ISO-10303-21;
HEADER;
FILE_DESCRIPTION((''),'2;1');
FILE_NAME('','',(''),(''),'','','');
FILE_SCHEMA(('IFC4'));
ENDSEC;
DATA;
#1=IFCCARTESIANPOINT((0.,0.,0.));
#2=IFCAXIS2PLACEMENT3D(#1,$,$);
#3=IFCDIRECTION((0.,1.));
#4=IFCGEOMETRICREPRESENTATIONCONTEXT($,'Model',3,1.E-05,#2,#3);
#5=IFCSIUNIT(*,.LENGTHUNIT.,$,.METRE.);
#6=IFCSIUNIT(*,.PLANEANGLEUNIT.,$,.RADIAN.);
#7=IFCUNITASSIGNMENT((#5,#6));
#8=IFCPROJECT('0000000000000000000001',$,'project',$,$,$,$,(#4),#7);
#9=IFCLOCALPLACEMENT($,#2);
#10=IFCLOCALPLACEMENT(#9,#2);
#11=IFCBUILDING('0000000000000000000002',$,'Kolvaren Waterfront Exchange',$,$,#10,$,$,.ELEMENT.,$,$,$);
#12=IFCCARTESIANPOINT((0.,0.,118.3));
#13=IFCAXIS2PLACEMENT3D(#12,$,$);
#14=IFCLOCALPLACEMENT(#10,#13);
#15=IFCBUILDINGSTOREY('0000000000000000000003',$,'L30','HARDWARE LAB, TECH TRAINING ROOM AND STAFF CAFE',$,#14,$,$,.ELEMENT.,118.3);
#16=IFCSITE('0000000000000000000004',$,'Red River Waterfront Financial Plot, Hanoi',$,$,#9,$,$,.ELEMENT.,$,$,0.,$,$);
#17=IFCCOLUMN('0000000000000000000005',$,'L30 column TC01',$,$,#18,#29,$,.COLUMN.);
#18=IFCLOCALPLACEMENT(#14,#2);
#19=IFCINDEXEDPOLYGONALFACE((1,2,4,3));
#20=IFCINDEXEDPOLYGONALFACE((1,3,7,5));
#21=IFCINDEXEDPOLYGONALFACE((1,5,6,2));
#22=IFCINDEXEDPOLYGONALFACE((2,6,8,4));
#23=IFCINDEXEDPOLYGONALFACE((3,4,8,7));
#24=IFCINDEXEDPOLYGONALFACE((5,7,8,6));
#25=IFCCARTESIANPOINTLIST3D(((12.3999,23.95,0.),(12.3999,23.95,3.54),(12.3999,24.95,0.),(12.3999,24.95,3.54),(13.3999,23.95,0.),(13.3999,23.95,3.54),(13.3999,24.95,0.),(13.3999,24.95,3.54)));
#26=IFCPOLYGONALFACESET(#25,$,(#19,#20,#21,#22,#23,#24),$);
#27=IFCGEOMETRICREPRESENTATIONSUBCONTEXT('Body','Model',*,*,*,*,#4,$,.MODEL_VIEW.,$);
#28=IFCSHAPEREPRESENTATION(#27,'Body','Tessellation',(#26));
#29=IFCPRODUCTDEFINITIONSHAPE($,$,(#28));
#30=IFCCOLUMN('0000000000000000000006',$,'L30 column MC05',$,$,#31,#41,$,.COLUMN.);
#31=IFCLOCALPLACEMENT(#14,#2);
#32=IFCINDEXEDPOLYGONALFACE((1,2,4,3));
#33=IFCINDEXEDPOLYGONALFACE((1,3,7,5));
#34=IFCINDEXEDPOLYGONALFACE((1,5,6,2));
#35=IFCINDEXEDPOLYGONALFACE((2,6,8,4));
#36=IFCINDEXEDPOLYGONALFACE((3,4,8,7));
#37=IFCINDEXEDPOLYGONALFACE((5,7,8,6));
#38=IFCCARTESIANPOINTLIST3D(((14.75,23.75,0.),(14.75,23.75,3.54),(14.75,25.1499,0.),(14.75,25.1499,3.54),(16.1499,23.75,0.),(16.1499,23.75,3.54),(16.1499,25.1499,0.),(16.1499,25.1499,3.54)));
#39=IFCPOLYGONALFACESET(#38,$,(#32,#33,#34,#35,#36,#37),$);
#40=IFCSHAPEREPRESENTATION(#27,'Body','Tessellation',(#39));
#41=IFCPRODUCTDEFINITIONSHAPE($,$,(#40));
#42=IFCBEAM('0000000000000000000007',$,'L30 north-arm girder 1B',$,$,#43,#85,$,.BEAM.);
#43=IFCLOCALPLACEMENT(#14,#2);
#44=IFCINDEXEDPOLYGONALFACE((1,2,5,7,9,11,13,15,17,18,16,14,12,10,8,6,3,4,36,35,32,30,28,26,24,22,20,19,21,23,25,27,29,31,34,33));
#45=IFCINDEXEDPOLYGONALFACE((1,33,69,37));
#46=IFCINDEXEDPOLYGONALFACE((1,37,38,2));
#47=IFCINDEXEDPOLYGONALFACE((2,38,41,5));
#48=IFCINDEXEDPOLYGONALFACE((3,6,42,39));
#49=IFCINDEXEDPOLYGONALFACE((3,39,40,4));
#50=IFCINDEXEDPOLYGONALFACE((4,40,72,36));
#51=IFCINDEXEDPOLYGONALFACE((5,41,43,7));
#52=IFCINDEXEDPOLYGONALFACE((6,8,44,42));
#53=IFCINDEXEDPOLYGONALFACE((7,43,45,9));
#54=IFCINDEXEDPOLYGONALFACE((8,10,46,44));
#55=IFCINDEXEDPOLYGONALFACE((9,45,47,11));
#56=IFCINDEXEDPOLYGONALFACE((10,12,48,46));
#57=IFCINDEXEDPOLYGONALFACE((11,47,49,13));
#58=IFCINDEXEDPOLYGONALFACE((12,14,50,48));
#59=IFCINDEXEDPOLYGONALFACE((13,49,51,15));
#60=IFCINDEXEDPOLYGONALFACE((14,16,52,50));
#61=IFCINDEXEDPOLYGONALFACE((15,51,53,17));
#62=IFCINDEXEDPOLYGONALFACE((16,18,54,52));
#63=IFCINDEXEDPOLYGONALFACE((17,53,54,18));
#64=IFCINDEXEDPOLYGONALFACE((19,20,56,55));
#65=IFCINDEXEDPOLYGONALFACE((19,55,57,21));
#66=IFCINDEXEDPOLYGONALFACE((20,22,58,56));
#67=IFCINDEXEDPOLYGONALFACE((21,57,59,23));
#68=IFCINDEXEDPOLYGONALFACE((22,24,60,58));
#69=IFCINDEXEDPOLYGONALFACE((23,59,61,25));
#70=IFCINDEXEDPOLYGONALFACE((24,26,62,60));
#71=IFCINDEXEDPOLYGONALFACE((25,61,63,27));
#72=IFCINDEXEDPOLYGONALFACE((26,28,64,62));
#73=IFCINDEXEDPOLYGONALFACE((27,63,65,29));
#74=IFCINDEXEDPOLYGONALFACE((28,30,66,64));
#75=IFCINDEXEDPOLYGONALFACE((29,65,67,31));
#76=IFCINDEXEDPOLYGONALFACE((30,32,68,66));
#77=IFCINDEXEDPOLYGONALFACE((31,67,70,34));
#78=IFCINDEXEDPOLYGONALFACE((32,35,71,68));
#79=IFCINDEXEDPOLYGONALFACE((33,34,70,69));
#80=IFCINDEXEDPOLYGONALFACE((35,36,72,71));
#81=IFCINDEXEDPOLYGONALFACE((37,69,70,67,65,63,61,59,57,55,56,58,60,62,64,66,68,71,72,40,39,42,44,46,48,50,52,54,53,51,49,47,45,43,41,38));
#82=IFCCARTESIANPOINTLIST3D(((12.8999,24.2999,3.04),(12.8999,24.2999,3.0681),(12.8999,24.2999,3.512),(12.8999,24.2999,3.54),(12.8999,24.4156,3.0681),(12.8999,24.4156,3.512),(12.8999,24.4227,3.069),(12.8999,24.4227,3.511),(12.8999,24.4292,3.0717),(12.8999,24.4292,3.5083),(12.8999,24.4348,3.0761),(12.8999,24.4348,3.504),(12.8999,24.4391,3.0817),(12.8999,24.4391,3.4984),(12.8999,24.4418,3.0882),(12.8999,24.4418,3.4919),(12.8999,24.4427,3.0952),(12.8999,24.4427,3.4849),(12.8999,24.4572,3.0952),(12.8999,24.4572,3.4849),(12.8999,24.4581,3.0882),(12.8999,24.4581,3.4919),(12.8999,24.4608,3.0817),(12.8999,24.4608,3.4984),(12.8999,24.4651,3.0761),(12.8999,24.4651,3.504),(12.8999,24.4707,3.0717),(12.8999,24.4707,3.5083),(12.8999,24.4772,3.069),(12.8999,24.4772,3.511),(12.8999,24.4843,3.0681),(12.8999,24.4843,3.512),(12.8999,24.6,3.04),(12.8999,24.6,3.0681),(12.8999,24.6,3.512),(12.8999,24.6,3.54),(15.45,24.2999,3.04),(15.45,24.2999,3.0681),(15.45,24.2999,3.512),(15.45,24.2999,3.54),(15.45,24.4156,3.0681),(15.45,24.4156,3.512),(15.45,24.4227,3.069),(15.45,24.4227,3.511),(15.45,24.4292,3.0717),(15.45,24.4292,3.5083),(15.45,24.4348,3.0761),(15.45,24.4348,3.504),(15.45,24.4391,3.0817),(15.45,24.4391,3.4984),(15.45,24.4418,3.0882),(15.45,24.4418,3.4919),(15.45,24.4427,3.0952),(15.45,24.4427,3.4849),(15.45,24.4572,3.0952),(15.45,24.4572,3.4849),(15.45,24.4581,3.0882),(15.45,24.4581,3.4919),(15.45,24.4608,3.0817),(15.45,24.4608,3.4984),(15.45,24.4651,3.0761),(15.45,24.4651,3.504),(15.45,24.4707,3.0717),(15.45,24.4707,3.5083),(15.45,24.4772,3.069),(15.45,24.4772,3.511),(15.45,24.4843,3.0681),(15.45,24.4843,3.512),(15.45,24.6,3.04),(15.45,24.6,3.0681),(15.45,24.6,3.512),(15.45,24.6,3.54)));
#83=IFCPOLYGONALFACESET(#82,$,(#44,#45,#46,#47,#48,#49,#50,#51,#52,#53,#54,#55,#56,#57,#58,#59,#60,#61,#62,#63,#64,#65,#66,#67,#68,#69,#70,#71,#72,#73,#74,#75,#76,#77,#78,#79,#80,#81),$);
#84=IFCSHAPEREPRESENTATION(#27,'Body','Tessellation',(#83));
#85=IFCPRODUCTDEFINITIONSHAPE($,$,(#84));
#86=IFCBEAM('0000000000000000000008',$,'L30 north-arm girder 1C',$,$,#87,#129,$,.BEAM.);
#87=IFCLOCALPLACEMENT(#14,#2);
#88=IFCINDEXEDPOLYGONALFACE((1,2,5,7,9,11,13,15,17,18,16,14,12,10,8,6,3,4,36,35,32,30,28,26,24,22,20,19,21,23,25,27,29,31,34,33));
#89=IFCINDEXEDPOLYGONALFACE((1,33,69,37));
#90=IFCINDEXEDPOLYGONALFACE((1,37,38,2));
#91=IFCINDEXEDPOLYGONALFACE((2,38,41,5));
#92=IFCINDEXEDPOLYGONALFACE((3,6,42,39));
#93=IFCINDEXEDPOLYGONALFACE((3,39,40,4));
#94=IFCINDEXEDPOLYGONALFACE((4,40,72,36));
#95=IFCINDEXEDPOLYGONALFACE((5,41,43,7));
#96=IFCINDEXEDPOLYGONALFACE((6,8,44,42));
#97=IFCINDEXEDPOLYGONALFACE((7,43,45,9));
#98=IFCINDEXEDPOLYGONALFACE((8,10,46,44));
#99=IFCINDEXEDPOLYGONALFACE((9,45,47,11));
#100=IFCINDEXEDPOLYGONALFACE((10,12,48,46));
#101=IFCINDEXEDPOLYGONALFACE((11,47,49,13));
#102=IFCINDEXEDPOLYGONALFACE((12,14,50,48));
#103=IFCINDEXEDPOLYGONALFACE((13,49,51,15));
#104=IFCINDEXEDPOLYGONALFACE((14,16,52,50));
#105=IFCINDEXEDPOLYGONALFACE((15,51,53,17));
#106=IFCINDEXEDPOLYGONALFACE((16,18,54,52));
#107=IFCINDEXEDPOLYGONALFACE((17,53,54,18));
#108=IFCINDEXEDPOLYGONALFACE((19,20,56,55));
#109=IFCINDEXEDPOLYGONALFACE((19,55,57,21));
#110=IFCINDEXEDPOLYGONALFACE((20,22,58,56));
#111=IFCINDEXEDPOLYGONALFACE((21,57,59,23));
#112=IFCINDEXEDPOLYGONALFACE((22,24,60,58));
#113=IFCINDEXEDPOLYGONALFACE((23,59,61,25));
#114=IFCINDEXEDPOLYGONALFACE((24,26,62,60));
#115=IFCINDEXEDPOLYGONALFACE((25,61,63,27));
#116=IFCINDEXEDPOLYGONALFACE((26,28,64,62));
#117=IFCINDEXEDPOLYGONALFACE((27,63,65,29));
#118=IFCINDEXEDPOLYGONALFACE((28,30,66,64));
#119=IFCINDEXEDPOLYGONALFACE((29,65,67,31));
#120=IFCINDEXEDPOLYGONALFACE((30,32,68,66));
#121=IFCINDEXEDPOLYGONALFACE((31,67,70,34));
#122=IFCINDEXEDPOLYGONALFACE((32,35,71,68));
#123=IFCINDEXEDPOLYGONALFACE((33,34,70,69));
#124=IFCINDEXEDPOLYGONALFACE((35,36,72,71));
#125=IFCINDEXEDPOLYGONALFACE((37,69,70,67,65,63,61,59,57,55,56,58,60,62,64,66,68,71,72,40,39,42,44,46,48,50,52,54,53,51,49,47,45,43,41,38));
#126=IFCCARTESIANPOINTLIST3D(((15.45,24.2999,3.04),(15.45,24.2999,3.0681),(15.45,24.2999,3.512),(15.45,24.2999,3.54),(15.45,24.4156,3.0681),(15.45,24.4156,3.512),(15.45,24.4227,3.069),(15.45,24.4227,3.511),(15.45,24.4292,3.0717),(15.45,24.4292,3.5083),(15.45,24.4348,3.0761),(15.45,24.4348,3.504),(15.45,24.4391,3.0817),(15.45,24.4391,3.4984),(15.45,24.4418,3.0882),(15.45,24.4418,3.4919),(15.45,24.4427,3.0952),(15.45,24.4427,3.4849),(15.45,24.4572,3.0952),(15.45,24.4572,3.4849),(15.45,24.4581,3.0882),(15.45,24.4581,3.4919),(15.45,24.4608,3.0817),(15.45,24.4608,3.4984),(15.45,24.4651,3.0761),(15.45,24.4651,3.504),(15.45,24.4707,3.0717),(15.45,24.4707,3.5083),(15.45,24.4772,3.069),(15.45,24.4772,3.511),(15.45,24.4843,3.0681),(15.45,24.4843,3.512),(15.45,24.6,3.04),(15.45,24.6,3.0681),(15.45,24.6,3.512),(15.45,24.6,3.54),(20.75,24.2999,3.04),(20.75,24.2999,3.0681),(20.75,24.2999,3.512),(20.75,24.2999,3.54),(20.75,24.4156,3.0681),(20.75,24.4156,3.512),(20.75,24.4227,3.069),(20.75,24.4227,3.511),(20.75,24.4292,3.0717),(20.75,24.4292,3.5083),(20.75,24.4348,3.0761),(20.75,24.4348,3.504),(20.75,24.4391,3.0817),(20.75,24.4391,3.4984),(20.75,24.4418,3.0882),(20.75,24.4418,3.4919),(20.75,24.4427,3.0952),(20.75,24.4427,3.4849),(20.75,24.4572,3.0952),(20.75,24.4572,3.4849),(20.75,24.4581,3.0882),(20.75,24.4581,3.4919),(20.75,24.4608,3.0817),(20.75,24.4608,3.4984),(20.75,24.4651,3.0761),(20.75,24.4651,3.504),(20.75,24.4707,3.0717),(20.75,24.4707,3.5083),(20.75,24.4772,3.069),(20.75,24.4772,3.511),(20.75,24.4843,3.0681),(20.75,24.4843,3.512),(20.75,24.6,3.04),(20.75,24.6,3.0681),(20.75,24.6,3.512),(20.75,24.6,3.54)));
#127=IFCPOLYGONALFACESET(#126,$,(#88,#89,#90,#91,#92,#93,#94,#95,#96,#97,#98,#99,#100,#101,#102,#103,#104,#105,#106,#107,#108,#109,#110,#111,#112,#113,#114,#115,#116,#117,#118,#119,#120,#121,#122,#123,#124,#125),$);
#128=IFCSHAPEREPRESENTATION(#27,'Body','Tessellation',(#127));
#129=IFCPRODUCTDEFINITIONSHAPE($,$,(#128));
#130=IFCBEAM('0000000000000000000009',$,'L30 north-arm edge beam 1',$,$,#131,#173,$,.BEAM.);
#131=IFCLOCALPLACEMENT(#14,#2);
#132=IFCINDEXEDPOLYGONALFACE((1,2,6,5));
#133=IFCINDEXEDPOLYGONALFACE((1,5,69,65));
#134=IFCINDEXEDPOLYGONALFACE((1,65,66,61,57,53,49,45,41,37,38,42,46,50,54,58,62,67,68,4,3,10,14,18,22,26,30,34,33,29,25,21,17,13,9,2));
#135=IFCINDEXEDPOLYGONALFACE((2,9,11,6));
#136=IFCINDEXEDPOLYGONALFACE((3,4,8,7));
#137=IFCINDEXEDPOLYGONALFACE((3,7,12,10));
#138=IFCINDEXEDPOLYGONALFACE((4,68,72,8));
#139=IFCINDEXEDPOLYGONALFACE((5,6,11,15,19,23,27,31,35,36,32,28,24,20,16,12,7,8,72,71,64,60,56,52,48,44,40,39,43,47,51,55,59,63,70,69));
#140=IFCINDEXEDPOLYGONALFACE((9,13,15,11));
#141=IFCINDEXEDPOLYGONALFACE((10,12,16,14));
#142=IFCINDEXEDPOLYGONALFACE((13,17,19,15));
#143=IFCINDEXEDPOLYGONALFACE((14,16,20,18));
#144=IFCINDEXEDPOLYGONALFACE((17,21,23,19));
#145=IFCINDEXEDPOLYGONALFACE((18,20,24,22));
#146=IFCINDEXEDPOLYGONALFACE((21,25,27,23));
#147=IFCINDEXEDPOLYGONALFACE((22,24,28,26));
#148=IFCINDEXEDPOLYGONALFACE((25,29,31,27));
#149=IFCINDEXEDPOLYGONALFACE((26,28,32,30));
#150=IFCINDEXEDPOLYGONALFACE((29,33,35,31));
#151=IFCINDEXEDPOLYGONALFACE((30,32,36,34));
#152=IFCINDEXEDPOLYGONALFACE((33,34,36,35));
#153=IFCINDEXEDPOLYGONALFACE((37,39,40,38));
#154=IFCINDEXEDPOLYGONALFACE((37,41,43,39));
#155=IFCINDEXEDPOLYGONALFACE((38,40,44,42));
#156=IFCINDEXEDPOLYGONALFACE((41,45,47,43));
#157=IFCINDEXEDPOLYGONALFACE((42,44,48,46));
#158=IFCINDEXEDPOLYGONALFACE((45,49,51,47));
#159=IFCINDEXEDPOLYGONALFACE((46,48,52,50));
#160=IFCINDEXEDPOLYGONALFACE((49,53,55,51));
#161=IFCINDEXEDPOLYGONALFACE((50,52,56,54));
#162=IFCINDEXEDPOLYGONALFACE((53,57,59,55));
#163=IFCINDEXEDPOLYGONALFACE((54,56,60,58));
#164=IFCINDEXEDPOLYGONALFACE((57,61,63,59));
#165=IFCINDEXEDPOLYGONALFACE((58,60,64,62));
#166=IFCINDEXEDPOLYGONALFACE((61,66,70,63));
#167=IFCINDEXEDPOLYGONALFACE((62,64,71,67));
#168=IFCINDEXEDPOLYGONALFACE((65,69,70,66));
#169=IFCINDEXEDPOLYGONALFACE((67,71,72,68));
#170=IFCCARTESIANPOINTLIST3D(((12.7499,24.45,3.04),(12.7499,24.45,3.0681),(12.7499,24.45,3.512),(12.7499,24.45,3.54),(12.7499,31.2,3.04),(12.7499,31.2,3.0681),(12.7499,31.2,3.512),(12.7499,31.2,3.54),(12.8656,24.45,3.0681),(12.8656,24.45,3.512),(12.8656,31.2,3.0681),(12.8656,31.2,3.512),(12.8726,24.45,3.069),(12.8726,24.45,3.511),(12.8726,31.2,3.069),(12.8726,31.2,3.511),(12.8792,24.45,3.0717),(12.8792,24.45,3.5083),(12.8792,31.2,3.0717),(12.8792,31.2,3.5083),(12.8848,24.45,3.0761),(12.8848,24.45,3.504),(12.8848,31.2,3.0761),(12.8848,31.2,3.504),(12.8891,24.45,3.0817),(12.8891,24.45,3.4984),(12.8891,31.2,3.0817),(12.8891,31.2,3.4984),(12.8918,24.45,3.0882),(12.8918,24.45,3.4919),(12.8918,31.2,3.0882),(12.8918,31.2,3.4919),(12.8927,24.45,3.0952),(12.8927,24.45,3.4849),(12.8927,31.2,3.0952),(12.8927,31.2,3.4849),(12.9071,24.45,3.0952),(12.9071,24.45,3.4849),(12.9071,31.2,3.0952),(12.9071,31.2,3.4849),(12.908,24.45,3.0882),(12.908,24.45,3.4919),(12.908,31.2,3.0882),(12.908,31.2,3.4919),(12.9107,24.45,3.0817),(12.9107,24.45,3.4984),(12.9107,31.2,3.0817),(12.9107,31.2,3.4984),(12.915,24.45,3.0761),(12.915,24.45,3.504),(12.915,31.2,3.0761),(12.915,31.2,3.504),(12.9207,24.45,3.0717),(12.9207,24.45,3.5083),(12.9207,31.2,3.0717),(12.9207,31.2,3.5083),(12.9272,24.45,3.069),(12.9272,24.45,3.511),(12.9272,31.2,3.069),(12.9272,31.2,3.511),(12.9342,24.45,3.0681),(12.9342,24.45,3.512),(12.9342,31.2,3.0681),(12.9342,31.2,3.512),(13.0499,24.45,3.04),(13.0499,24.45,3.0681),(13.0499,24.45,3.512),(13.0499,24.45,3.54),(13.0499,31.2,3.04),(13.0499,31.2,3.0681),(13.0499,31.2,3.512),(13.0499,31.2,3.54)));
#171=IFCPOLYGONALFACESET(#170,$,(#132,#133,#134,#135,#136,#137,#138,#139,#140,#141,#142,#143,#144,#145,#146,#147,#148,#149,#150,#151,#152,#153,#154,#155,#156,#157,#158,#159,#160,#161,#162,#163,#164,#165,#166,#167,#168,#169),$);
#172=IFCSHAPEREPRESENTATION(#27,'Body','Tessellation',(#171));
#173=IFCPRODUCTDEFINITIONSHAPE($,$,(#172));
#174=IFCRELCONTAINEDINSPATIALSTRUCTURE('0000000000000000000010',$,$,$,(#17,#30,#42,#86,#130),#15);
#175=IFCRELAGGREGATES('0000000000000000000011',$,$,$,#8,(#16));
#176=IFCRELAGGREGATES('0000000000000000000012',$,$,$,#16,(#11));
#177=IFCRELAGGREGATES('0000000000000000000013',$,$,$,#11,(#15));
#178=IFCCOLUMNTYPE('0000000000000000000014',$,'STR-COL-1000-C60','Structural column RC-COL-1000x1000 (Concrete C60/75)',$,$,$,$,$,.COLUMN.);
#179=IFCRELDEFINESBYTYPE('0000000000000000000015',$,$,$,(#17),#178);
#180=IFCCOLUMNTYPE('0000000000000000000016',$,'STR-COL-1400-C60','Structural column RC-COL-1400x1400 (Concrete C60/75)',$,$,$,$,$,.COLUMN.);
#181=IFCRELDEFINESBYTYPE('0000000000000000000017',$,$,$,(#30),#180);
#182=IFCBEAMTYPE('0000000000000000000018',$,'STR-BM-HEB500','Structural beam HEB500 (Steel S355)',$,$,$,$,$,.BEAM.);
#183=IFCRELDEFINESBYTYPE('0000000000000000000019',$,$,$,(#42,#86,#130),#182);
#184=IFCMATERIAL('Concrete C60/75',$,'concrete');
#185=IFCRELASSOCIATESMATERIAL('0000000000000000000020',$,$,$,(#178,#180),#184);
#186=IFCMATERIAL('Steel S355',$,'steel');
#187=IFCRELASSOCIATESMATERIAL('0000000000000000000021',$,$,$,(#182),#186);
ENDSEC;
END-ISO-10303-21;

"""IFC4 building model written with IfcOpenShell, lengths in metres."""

from ifc_helpers import new_model, si_unit, direction, frame, origin, origin_2d, place, context, subcontext, project, spatial, rectangle, i_section, extrude, material, material_profile, profile_set, type_object, element, save


model = new_model("IFC4")

# Units and contexts
model_context = context("Model", 3, precision=1e-05, world=origin(), true_north=direction((0.0, 1.0)))
body_context = subcontext(model_context, "Body", "Model", "MODEL_VIEW")
ifc_project = project(units=[si_unit("LENGTHUNIT", "METRE"), si_unit("PLANEANGLEUNIT", "RADIAN")], contexts=[model_context])

# Site, building, storey
site_placement = place(None, origin())
site = spatial("IfcSite", under=ifc_project, at=site_placement, Name="Red River Waterfront Financial Plot, Hanoi", CompositionType="ELEMENT", RefElevation=0.0)
building_placement = place(site_placement, origin())
building = spatial("IfcBuilding", under=site, at=building_placement, Name="Kolvaren Waterfront Exchange", CompositionType="ELEMENT")
storey_placement = place(building_placement, frame((0.0, 0.0, 118.3)))
storey = spatial("IfcBuildingStorey", under=building, at=storey_placement, Name="L30", Description="HARDWARE LAB, TECH TRAINING ROOM AND STAFF CAFE", CompositionType="ELEMENT", Elevation=118.3)

# Columns
ifc_material_1 = material(Name="Concrete C60/75", Category="concrete")
ifc_material_profile_1 = material_profile(ifc_material_1, rectangle(XDim=1.0, YDim=1.0, at=origin_2d()), Name="RC-COL-1000x1000")
ifc_profile_set_1 = profile_set([ifc_material_profile_1], Name="Concrete C60/75")
column_type_1 = type_object("IfcColumnType", Name="STR-COL-1000-C60", Description="Structural column RC-COL-1000x1000 (Concrete C60/75)", PredefinedType="COLUMN", material=ifc_profile_set_1)
column_1_placement = place(storey_placement, frame((12.8999, 24.45, 0.0), z_axis=(0.0, 0.0, 1.0), x_axis=(1.0, 0.0, 0.0)))
element("IfcColumn", 1, at=column_1_placement, inside=storey, type_object=column_type_1, Name="L30 column TC01", PredefinedType="COLUMN", context=body_context, shape_type="SweptSolid", body=[
    extrude(rectangle(XDim=1.0, YDim=1.0, at=origin_2d()), origin(), (0.0, 0.0, 1.0), 3.54),
])
ifc_material_profile_2 = material_profile(ifc_material_1, rectangle(XDim=1.3999, YDim=1.3999, at=origin_2d()), Name="RC-COL-1400x1400")
ifc_profile_set_2 = profile_set([ifc_material_profile_2], Name="Concrete C60/75")
column_type_2 = type_object("IfcColumnType", Name="STR-COL-1400-C60", Description="Structural column RC-COL-1400x1400 (Concrete C60/75)", PredefinedType="COLUMN", material=ifc_profile_set_2)
column_2_placement = place(storey_placement, frame((15.45, 24.45, 0.0), z_axis=(0.0, 0.0, 1.0), x_axis=(1.0, 0.0, 0.0)))
element("IfcColumn", 2, at=column_2_placement, inside=storey, type_object=column_type_2, Name="L30 column MC05", PredefinedType="COLUMN", context=body_context, shape_type="SweptSolid", body=[
    extrude(rectangle(XDim=1.3999, YDim=1.3999, at=origin_2d()), origin(), (0.0, 0.0, 1.0), 3.54),
])

# Beams
ifc_material_2 = material(Name="Steel S355", Category="steel")
ifc_material_profile_3 = material_profile(ifc_material_2, i_section(OverallWidth=0.3, OverallDepth=0.5, WebThickness=0.0144, FlangeThickness=0.0281, FilletRadius=0.0271, at=origin_2d()), Name="HEB500")
ifc_profile_set_3 = profile_set([ifc_material_profile_3], Name="Steel S355")
beam_type_1 = type_object("IfcBeamType", Name="STR-BM-HEB500", Description="Structural beam HEB500 (Steel S355)", PredefinedType="BEAM", material=ifc_profile_set_3)
beam_1_placement = place(storey_placement, frame((12.8999, 24.45, 3.29), z_axis=(1.0, 0.0, 0.0), x_axis=(0.0, 1.0, 0.0)))
element("IfcBeam", 3, at=beam_1_placement, inside=storey, type_object=beam_type_1, Name="L30 north-arm girder 1B", PredefinedType="BEAM", context=body_context, shape_type="SweptSolid", body=[
    extrude(i_section(OverallWidth=0.3, OverallDepth=0.5, WebThickness=0.0144, FlangeThickness=0.0281, FilletRadius=0.0271, at=origin_2d()), origin(), (0.0, 0.0, 1.0), 2.55),
])
beam_2_placement = place(storey_placement, frame((15.45, 24.45, 3.29), z_axis=(1.0, 0.0, 0.0), x_axis=(0.0, 1.0, 0.0)))
element("IfcBeam", 4, at=beam_2_placement, inside=storey, type_object=beam_type_1, Name="L30 north-arm girder 1C", PredefinedType="BEAM", context=body_context, shape_type="SweptSolid", body=[
    extrude(i_section(OverallWidth=0.3, OverallDepth=0.5, WebThickness=0.0144, FlangeThickness=0.0281, FilletRadius=0.0271, at=origin_2d()), origin(), (0.0, 0.0, 1.0), 5.3),
])
beam_3_placement = place(storey_placement, frame((12.8999, 24.45, 3.29), z_axis=(0.0, 1.0, 0.0), x_axis=(-1.0, 0.0, 0.0)))
element("IfcBeam", 5, at=beam_3_placement, inside=storey, type_object=beam_type_1, Name="L30 north-arm edge beam 1", PredefinedType="BEAM", context=body_context, shape_type="SweptSolid", body=[
    extrude(i_section(OverallWidth=0.3, OverallDepth=0.5, WebThickness=0.0144, FlangeThickness=0.0281, FilletRadius=0.0271, at=origin_2d()), origin(), (0.0, 0.0, 1.0), 6.75),
])

save(model, "model.ifc")
